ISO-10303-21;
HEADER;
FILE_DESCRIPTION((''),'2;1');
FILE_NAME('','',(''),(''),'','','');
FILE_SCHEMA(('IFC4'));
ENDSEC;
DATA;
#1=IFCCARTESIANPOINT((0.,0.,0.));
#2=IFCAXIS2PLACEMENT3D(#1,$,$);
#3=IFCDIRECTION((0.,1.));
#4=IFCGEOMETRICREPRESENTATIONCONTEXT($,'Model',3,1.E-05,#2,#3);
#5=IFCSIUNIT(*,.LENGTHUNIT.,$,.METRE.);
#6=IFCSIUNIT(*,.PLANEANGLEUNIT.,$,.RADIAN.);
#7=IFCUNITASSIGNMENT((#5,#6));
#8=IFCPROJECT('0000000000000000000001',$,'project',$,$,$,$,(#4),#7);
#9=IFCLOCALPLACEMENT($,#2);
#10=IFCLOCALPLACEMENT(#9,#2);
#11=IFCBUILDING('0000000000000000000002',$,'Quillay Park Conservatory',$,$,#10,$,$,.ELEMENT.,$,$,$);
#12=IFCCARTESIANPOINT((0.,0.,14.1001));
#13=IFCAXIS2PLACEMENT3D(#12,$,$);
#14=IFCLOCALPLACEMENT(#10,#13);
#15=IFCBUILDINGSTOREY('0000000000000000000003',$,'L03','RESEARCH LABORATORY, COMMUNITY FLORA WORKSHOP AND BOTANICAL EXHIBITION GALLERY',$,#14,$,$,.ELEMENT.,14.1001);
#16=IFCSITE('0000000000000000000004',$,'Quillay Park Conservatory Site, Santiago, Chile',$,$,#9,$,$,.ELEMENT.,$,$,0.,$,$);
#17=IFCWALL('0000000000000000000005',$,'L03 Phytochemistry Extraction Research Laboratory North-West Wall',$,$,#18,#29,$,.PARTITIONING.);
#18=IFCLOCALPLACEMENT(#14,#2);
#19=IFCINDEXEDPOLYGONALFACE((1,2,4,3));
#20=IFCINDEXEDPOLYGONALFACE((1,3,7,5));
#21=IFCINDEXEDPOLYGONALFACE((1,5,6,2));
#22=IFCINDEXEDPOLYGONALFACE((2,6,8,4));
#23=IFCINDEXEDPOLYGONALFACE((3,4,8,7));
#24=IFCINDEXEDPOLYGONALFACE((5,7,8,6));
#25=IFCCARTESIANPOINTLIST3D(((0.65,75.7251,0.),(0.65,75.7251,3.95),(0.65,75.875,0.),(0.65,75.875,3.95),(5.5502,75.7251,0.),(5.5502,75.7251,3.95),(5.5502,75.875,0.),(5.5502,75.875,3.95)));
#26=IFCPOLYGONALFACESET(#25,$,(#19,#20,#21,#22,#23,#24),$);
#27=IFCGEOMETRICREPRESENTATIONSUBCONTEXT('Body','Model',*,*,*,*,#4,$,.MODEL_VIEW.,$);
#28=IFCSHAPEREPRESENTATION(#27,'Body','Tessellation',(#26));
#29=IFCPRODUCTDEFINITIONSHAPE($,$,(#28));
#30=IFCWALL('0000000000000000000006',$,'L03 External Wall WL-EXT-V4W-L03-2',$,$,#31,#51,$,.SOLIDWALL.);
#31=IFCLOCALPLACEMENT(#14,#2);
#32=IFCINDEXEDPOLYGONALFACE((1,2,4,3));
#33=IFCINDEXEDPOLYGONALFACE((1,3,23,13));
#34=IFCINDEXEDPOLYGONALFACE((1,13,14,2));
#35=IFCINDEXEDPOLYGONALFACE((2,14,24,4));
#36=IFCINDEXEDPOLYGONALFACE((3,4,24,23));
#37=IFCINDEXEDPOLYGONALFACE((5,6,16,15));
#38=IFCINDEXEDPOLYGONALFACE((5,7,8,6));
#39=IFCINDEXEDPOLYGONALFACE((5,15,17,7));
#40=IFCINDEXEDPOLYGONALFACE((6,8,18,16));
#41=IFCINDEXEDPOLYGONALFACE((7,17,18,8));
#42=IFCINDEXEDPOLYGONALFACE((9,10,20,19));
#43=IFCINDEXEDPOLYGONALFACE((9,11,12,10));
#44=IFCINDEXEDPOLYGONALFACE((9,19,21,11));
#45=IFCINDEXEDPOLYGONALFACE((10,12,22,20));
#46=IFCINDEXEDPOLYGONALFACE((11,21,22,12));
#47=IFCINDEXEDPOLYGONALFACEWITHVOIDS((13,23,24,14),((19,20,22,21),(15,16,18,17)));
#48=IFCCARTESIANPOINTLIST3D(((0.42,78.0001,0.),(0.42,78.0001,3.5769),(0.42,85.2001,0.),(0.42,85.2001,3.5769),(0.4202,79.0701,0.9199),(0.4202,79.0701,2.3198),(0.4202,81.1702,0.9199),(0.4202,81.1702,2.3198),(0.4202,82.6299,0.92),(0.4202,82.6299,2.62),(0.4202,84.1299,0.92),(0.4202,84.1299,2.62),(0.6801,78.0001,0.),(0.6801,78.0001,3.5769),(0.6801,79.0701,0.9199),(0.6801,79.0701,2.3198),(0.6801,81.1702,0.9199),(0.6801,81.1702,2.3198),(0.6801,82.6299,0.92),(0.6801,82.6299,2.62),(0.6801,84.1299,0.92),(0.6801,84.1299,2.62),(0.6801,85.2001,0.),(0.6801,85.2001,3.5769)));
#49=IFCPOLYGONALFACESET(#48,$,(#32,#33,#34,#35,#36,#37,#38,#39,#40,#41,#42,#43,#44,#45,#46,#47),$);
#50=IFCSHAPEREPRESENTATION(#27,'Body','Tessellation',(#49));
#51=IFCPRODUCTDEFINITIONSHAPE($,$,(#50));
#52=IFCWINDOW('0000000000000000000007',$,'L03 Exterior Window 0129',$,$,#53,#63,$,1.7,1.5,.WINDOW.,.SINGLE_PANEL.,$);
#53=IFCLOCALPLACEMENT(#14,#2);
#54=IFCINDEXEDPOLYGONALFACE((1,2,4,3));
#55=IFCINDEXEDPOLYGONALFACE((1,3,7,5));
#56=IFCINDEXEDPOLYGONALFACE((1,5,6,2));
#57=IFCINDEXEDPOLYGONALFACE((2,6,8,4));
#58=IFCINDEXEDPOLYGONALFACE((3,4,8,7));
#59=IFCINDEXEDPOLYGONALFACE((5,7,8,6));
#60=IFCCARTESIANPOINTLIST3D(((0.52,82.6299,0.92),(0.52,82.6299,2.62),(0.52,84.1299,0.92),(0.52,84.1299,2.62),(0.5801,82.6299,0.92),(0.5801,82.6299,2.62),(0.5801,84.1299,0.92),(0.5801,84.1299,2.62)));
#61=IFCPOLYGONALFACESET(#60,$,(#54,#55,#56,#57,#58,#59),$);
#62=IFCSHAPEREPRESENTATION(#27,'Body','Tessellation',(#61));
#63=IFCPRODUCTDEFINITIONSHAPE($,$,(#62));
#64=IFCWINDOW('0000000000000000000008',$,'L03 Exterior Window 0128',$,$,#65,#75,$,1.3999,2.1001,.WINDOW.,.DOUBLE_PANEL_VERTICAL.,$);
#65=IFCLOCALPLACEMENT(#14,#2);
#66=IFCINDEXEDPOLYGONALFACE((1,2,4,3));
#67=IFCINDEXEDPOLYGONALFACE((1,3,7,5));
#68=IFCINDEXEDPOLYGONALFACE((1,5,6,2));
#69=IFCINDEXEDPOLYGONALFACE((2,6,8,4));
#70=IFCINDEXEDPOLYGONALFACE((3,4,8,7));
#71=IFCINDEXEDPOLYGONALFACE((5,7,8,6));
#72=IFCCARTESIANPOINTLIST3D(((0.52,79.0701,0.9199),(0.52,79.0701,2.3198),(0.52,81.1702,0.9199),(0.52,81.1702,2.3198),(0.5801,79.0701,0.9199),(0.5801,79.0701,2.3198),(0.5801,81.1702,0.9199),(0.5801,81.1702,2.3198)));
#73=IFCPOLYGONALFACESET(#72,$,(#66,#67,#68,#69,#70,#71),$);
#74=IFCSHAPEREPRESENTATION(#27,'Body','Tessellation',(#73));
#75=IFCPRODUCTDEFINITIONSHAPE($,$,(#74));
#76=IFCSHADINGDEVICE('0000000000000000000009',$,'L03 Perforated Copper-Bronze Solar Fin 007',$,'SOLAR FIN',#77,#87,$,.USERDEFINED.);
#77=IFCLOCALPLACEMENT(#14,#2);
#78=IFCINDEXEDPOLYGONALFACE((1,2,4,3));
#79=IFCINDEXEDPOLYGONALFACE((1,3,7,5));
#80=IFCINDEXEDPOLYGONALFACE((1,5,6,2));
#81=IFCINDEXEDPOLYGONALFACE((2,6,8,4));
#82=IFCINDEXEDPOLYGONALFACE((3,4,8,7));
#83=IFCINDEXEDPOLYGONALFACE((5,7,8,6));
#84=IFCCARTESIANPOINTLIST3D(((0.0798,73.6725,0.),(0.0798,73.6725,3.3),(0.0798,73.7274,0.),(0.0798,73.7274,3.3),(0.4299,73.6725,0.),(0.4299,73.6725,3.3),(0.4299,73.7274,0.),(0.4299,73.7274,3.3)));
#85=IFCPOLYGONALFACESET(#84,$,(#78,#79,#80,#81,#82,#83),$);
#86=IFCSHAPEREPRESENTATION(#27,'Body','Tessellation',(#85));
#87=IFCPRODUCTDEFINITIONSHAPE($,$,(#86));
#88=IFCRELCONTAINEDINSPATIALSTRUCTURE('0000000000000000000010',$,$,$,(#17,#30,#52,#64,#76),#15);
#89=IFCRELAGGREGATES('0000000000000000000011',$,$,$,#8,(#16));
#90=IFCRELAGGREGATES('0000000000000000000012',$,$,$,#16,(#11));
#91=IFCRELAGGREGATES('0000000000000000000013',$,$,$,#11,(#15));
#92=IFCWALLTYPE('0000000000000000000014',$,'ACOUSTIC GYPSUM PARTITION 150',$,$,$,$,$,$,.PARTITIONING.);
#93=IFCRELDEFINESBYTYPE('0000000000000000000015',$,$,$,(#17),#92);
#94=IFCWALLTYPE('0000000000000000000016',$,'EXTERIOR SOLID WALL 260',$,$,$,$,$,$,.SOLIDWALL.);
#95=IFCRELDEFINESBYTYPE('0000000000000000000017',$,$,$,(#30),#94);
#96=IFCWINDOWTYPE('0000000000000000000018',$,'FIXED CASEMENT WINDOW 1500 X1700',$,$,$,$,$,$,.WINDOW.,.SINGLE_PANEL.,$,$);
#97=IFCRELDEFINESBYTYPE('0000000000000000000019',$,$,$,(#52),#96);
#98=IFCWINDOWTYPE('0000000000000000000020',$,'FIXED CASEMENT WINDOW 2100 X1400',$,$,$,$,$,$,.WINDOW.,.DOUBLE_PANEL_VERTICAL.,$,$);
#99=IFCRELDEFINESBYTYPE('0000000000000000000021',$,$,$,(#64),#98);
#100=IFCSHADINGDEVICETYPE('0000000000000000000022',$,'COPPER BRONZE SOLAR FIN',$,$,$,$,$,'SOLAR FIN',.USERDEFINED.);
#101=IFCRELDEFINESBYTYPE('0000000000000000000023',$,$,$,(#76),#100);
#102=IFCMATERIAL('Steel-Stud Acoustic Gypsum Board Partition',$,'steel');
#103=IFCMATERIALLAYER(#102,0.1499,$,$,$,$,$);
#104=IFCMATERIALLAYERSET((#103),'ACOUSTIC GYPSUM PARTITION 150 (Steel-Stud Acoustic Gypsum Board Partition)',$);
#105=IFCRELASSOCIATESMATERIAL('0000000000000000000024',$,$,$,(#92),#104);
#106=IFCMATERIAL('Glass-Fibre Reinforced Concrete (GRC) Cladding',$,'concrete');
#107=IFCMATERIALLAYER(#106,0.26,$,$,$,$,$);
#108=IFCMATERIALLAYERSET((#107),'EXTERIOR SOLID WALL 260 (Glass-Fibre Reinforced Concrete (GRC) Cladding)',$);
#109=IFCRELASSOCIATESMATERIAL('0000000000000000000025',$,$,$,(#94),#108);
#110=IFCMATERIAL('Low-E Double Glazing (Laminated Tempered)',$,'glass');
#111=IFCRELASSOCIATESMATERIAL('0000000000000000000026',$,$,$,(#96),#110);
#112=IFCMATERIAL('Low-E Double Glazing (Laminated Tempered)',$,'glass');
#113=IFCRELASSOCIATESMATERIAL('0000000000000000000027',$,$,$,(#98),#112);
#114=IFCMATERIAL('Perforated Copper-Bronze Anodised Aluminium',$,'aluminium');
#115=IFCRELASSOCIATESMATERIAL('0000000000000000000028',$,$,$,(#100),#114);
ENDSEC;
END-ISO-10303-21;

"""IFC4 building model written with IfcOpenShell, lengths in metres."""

from ifc_helpers import new_model, si_unit, direction, frame, frame_2d, origin, origin_2d, place, context, subcontext, project, spatial, rectangle, extrude, material, layer, layer_set, type_object, element, fill, save


model = new_model("IFC4")

# Units and contexts
model_context = context("Model", 3, precision=1e-05, world=origin(), true_north=direction((0.0, 1.0)))
body_context = subcontext(model_context, "Body", "Model", "MODEL_VIEW")
ifc_project = project(units=[si_unit("LENGTHUNIT", "METRE"), si_unit("PLANEANGLEUNIT", "RADIAN")], contexts=[model_context])

# Site, building, storey
site_placement = place(None, origin())
site = spatial("IfcSite", under=ifc_project, at=site_placement, Name="Quillay Park Conservatory Site, Santiago, Chile", CompositionType="ELEMENT", RefElevation=0.0)
building_placement = place(site_placement, origin())
building = spatial("IfcBuilding", under=site, at=building_placement, Name="Quillay Park Conservatory", CompositionType="ELEMENT")
storey_placement = place(building_placement, frame((0.0, 0.0, 14.1001)))
storey = spatial("IfcBuildingStorey", under=building, at=storey_placement, Name="L03", Description="RESEARCH LABORATORY, COMMUNITY FLORA WORKSHOP AND BOTANICAL EXHIBITION GALLERY", CompositionType="ELEMENT", Elevation=14.1001)

# Wall
ifc_material_1 = material(Name="Steel-Stud Acoustic Gypsum Board Partition", Category="steel")
ifc_layer_1 = layer(ifc_material_1, 0.1499)
ifc_layer_set_1 = layer_set([ifc_layer_1], Name="ACOUSTIC GYPSUM PARTITION 150 (Steel-Stud Acoustic Gypsum Board Partition)")
wall_type_1 = type_object("IfcWallType", Name="ACOUSTIC GYPSUM PARTITION 150", PredefinedType="PARTITIONING", material=ifc_layer_set_1)
wall_1_placement = place(storey_placement, frame((0.6499, 75.8, 0.0), z_axis=(0.0, 0.0, 1.0), x_axis=(1.0, 0.0, 0.0)))
element("IfcWall", 1, at=wall_1_placement, inside=storey, type_object=wall_type_1, Name="L03 Phytochemistry Extraction Research Laboratory North-West Wall", PredefinedType="PARTITIONING", context=body_context, shape_type="SweptSolid", body=[
    extrude(rectangle(XDim=4.9001, YDim=0.1499, at=frame_2d((2.4502, 0.0))), origin(), (0.0, 0.0, 1.0), 3.95),
])

# Wall, openings, windows
ifc_material_2 = material(Name="Glass-Fibre Reinforced Concrete (GRC) Cladding", Category="concrete")
ifc_layer_2 = layer(ifc_material_2, 0.26)
ifc_layer_set_2 = layer_set([ifc_layer_2], Name="EXTERIOR SOLID WALL 260 (Glass-Fibre Reinforced Concrete (GRC) Cladding)")
wall_type_2 = type_object("IfcWallType", Name="EXTERIOR SOLID WALL 260", PredefinedType="SOLIDWALL", material=ifc_layer_set_2)
wall_2_placement = place(storey_placement, frame((0.55, 78.0, 0.0), z_axis=(0.0, 0.0, 1.0), x_axis=(0.0, 1.0, 0.0)))
wall_2 = element("IfcWall", 2, at=wall_2_placement, inside=storey, type_object=wall_type_2, Name="L03 External Wall WL-EXT-V4W-L03-2", PredefinedType="SOLIDWALL", context=body_context, shape_type="SweptSolid", body=[
    extrude(rectangle(XDim=7.2, YDim=0.26, at=frame_2d((3.6001, 0.0))), origin(), (0.0, 0.0, 1.0), 3.5769),
])
opening_1_placement = place(wall_2_placement, frame((1.0701, 0.0, 0.9199)))
opening_1 = element("IfcOpeningElement", 3, at=opening_1_placement, cuts=wall_2, PredefinedType="OPENING", context=body_context, shape_type="SweptSolid", body=[
    extrude(rectangle(XDim=2.1001, YDim=1.3999, at=frame_2d((1.05, 0.7))), frame((0.0, 0.1299, 0.0), z_axis=(0.0, -1.0, 0.0), x_axis=(1.0, 0.0, 0.0)), (0.0, 0.0, 1.0), 0.26),
])
opening_2_placement = place(wall_2_placement, frame((4.6299, 0.0, 0.9199)))
opening_2 = element("IfcOpeningElement", 4, at=opening_2_placement, cuts=wall_2, PredefinedType="OPENING", context=body_context, shape_type="SweptSolid", body=[
    extrude(rectangle(XDim=1.5, YDim=1.7, at=frame_2d((0.75, 0.8501))), frame((0.0, 0.1299, 0.0), z_axis=(0.0, -1.0, 0.0), x_axis=(1.0, 0.0, 0.0)), (0.0, 0.0, 1.0), 0.26),
])
ifc_material_3 = material(Name="Low-E Double Glazing (Laminated Tempered)", Category="glass")
window_type_1 = type_object("IfcWindowType", Name="FIXED CASEMENT WINDOW 1500 X1700", PartitioningType="SINGLE_PANEL", PredefinedType="WINDOW", material=ifc_material_3)
window_1_placement = place(opening_2_placement, origin())
window_1 = element("IfcWindow", 5, at=window_1_placement, inside=storey, type_object=window_type_1, Name="L03 Exterior Window 0129", OverallHeight=1.7, OverallWidth=1.5, PartitioningType="SINGLE_PANEL", PredefinedType="WINDOW", context=body_context, shape_type="SweptSolid", body=[
    extrude(rectangle(XDim=1.5, YDim=1.7, at=frame_2d((0.75, 0.8501))), frame((0.0, 0.03, 0.0), z_axis=(0.0, -1.0, 0.0), x_axis=(1.0, 0.0, 0.0)), (0.0, 0.0, 1.0), 0.0601),
])
fill(opening_2, window_1)
ifc_material_4 = material(Name="Low-E Double Glazing (Laminated Tempered)", Category="glass")
window_type_2 = type_object("IfcWindowType", Name="FIXED CASEMENT WINDOW 2100 X1400", PartitioningType="DOUBLE_PANEL_VERTICAL", PredefinedType="WINDOW", material=ifc_material_4)
window_2_placement = place(opening_1_placement, origin())
window_2 = element("IfcWindow", 6, at=window_2_placement, inside=storey, type_object=window_type_2, Name="L03 Exterior Window 0128", OverallHeight=1.3999, OverallWidth=2.1001, PartitioningType="DOUBLE_PANEL_VERTICAL", PredefinedType="WINDOW", context=body_context, shape_type="SweptSolid", body=[
    extrude(rectangle(XDim=2.1001, YDim=1.3999, at=frame_2d((1.05, 0.7))), frame((0.0, 0.03, 0.0), z_axis=(0.0, -1.0, 0.0), x_axis=(1.0, 0.0, 0.0)), (0.0, 0.0, 1.0), 0.0601),
])
fill(opening_1, window_2)

# Shading device
ifc_material_5 = material(Name="Perforated Copper-Bronze Anodised Aluminium", Category="aluminium")
shading_device_type = type_object("IfcShadingDeviceType", Name="COPPER BRONZE SOLAR FIN", ElementType="SOLAR FIN", PredefinedType="USERDEFINED", material=ifc_material_5)
shading_device_placement = place(storey_placement, frame((0.2549, 73.7, 0.0), z_axis=(0.0, 0.0, 1.0), x_axis=(1.0, 0.0, 0.0)))
element("IfcShadingDevice", 7, at=shading_device_placement, inside=storey, type_object=shading_device_type, Name="L03 Perforated Copper-Bronze Solar Fin 007", ObjectType="SOLAR FIN", PredefinedType="USERDEFINED", context=body_context, shape_type="SweptSolid", body=[
    extrude(rectangle(XDim=0.3501, YDim=0.0549, at=origin_2d()), origin(), (0.0, 0.0, 1.0), 3.3),
])

save(model, "model.ifc")
